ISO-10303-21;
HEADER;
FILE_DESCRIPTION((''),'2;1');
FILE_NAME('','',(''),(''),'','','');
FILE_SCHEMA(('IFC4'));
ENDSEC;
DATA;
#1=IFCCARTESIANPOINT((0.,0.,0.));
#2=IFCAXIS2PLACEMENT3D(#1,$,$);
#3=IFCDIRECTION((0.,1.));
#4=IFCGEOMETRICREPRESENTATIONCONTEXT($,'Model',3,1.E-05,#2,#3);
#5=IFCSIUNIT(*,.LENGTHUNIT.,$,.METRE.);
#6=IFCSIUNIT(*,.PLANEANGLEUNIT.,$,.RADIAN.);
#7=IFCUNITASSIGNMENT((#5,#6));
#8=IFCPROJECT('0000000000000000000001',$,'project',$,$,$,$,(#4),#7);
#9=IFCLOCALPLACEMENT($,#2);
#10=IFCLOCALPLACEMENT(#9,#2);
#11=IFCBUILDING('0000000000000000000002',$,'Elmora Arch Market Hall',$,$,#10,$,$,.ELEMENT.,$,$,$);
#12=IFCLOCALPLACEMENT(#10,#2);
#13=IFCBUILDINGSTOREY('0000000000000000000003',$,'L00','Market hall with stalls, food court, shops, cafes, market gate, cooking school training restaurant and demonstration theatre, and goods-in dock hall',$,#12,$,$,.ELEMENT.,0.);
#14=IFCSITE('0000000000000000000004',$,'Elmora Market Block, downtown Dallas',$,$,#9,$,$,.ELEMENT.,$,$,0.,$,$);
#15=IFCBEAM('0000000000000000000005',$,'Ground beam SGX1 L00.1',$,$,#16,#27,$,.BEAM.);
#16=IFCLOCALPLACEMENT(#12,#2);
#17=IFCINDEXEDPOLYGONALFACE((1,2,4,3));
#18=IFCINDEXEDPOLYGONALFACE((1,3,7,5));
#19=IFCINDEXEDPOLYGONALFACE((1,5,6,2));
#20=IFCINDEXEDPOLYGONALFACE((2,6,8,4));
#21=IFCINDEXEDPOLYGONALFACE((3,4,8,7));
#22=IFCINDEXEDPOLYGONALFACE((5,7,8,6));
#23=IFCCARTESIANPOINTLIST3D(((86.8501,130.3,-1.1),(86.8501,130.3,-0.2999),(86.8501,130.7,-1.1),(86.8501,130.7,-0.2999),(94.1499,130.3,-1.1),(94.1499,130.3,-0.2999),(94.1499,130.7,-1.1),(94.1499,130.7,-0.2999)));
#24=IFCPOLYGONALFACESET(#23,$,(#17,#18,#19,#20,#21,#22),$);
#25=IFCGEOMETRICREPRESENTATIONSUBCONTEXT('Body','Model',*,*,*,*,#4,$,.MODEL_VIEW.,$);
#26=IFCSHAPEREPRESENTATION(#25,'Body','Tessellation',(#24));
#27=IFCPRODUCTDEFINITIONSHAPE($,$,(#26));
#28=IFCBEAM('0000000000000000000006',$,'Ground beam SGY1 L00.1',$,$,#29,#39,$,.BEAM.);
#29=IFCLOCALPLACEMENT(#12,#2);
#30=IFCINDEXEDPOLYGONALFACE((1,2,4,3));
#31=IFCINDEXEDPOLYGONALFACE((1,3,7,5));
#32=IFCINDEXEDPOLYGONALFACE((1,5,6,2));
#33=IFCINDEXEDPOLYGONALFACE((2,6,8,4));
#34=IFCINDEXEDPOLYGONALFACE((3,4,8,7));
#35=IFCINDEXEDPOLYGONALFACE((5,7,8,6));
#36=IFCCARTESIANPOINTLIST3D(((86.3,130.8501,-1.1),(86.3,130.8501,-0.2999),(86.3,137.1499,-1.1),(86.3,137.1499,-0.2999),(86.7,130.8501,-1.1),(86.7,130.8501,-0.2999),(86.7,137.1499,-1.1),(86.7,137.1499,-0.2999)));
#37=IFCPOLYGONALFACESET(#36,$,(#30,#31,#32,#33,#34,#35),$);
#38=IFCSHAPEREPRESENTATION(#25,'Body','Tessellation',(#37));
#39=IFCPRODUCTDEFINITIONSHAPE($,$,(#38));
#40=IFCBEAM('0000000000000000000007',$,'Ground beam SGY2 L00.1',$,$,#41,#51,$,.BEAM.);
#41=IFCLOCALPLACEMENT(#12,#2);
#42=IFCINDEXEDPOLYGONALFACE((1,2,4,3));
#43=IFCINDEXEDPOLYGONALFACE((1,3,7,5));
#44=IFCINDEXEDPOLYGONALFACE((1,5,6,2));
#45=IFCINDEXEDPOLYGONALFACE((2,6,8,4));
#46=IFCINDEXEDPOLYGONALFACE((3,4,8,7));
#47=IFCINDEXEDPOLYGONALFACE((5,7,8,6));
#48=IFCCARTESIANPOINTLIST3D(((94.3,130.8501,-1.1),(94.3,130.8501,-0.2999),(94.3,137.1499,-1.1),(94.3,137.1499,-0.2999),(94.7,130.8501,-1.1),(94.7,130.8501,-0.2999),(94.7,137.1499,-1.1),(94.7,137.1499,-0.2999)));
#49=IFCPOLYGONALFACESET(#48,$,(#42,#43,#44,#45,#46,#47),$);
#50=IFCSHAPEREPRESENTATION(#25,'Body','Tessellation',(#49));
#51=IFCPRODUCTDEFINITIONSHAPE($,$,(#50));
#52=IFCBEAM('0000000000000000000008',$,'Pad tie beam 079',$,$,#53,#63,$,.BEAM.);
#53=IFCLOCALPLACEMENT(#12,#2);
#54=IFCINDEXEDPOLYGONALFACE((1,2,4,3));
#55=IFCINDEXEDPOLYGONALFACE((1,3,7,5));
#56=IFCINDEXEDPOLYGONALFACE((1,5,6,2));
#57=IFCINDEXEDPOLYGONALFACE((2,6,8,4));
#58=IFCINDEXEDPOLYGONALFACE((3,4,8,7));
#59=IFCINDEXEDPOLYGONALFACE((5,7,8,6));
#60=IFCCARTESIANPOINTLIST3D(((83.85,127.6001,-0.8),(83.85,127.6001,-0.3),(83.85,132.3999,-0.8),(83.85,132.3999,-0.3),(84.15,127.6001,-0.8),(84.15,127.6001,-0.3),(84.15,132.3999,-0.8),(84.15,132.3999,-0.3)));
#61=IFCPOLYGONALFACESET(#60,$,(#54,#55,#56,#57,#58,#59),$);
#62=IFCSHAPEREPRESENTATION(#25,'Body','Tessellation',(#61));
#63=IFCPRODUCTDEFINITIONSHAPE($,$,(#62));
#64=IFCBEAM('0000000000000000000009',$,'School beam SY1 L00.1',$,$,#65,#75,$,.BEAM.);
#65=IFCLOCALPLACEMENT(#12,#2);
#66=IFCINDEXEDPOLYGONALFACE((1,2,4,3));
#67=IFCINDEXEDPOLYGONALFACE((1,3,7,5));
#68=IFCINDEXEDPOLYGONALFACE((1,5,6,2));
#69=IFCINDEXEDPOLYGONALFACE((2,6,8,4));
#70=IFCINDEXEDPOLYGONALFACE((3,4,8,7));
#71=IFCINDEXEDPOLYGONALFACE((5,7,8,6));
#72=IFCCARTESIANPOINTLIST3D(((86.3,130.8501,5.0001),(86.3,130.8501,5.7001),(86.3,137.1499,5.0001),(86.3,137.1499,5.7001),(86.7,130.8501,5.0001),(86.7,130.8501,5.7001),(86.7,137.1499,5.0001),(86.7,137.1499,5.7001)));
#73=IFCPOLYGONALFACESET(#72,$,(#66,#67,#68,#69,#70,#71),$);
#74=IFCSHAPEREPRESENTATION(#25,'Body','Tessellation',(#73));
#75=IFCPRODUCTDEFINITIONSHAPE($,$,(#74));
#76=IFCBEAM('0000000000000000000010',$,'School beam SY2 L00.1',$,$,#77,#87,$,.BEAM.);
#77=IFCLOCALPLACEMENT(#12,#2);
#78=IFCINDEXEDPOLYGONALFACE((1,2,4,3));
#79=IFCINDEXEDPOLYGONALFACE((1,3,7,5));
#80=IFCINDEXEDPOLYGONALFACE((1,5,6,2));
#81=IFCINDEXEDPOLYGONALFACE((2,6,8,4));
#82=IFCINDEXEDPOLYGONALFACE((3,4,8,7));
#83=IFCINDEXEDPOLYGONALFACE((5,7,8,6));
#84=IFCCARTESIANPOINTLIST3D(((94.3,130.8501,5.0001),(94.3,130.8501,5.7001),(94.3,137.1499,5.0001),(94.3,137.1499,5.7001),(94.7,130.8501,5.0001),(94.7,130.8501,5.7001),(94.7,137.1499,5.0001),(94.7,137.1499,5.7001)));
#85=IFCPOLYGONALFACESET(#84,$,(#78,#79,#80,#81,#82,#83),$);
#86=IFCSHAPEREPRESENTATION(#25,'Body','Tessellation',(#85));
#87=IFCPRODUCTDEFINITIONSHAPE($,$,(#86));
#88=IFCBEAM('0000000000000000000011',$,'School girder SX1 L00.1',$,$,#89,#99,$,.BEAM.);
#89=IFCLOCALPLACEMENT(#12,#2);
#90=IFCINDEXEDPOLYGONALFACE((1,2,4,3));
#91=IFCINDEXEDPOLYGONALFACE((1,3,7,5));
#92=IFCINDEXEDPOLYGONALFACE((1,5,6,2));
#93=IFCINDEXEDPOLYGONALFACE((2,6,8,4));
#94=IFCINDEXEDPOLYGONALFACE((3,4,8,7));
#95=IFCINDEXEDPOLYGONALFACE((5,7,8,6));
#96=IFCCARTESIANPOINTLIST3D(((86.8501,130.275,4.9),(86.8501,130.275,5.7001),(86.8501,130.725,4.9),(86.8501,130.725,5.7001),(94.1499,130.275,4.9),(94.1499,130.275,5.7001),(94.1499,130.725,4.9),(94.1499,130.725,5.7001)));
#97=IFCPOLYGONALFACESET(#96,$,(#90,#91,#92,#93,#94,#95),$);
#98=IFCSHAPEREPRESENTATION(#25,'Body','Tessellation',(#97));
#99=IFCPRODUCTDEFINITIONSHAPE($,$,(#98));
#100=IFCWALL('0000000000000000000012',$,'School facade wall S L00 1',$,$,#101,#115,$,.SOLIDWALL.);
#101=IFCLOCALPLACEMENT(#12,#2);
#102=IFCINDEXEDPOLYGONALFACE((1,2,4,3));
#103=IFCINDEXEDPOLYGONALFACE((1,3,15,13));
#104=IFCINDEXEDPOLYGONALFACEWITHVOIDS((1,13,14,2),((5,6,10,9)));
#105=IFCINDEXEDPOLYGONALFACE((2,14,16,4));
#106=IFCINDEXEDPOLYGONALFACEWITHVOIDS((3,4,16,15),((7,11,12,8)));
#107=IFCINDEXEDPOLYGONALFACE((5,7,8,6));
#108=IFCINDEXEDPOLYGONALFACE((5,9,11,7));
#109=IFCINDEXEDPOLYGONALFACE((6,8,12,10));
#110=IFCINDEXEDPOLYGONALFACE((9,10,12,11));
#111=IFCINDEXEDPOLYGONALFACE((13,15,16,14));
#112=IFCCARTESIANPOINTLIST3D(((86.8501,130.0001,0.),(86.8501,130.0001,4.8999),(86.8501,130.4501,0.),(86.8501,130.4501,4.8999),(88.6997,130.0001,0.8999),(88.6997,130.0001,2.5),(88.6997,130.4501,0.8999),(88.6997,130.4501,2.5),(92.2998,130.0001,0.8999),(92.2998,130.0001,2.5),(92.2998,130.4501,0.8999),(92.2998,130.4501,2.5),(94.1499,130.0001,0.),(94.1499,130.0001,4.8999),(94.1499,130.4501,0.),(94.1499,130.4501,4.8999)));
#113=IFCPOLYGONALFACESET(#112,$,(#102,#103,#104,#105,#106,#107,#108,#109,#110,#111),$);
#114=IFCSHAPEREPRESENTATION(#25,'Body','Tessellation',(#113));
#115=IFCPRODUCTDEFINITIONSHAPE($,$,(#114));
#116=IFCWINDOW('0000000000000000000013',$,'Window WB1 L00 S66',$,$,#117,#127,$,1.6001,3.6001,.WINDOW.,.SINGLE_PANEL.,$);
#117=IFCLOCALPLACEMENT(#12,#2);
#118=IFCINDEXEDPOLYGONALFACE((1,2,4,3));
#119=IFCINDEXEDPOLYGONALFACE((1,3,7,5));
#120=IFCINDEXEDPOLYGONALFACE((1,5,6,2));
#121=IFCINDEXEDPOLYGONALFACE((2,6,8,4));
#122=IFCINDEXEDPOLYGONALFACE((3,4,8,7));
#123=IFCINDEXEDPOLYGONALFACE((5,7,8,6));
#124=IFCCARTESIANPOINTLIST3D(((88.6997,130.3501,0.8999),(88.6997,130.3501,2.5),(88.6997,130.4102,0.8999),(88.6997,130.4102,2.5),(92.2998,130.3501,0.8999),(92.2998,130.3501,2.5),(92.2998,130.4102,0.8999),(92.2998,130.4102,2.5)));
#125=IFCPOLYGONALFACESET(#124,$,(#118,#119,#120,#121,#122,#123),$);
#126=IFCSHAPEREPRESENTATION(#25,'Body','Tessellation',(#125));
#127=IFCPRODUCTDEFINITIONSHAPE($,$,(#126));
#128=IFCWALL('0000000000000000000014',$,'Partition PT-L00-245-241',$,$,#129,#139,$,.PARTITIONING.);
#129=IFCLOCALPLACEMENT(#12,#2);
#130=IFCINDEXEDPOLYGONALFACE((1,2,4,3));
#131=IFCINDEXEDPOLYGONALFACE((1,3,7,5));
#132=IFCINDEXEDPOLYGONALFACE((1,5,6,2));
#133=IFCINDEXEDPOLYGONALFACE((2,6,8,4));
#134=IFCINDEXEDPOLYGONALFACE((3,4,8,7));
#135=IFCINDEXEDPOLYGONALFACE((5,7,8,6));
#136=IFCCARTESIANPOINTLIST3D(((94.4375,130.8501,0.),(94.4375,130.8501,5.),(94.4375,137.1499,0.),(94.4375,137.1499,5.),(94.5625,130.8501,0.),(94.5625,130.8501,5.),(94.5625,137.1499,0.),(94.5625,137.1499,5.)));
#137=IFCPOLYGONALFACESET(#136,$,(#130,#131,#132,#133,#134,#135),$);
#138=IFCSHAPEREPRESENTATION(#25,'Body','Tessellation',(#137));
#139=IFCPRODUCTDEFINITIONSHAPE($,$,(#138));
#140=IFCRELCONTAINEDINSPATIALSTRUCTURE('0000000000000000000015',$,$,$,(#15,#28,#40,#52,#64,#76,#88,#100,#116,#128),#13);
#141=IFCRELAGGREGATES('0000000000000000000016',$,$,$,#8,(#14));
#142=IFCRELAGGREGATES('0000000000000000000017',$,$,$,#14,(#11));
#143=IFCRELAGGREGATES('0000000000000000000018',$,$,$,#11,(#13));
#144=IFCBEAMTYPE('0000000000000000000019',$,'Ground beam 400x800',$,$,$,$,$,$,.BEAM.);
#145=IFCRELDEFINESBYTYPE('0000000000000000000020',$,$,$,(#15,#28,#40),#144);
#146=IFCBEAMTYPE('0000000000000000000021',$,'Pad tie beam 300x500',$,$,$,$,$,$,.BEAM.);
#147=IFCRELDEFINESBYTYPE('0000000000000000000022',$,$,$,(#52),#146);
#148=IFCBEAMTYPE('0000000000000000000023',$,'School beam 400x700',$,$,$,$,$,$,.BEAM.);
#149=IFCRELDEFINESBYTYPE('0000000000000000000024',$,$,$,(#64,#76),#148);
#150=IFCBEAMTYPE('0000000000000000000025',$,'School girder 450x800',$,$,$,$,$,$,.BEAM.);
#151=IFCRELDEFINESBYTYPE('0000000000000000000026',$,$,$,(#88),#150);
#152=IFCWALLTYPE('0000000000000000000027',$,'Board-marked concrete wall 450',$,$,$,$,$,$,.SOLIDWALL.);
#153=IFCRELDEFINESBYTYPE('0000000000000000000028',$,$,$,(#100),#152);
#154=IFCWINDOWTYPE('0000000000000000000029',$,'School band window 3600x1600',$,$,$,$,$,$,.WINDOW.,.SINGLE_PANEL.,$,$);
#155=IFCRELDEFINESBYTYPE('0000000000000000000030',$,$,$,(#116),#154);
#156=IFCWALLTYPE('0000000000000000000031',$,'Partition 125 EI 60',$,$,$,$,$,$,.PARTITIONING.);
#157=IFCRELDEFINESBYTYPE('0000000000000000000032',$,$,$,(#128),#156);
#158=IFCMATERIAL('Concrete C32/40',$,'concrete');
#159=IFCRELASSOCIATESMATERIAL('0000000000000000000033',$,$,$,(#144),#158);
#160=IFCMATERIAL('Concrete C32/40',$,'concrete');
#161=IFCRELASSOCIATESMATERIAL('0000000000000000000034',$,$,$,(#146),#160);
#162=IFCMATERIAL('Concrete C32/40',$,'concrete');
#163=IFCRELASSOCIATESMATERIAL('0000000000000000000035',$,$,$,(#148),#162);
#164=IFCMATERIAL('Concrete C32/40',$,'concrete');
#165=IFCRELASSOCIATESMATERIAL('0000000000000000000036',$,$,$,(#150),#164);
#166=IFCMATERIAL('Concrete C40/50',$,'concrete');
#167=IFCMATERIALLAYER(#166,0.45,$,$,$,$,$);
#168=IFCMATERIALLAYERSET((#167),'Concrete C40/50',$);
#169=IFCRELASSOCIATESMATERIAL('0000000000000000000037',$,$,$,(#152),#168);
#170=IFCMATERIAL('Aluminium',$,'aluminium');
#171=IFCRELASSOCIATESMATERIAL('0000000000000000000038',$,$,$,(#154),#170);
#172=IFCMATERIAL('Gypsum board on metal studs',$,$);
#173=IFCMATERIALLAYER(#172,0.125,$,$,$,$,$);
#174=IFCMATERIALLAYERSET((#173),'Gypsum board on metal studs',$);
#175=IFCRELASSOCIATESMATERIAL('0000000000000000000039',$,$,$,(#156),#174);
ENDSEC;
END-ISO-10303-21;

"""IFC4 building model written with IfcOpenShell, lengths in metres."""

from ifc_helpers import new_model, si_unit, direction, frame, frame_2d, origin, origin_2d, place, context, subcontext, project, spatial, rectangle, extrude, material, layer, layer_set, material_profile, profile_set, type_object, element, fill, save


model = new_model("IFC4")

# Units and contexts
model_context = context("Model", 3, precision=1e-05, world=origin(), true_north=direction((0.0, 1.0)))
body_context = subcontext(model_context, "Body", "Model", "MODEL_VIEW")
ifc_project = project(units=[si_unit("LENGTHUNIT", "METRE"), si_unit("PLANEANGLEUNIT", "RADIAN")], contexts=[model_context])

# Site, building, storey
site_placement = place(None, origin())
site = spatial("IfcSite", under=ifc_project, at=site_placement, Name="Elmora Market Block, downtown Dallas", CompositionType="ELEMENT", RefElevation=0.0)
building_placement = place(site_placement, origin())
building = spatial("IfcBuilding", under=site, at=building_placement, Name="Elmora Arch Market Hall", CompositionType="ELEMENT")
storey_placement = place(building_placement, origin())
storey = spatial("IfcBuildingStorey", under=building, at=storey_placement, Name="L00", Description="Market hall with stalls, food court, shops, cafes, market gate, cooking school training restaurant and demonstration theatre, and goods-in dock hall", CompositionType="ELEMENT", Elevation=0.0)

# Beams
ifc_material_1 = material(Name="Concrete C32/40", Category="concrete")
ifc_material_profile_1 = material_profile(ifc_material_1, rectangle(XDim=0.3999, YDim=0.8, at=origin_2d()), Name="Ground beam 400x800")
ifc_profile_set_1 = profile_set([ifc_material_profile_1], Name="Concrete C32/40")
beam_type_1 = type_object("IfcBeamType", Name="Ground beam 400x800", PredefinedType="BEAM", material=ifc_profile_set_1)
beam_1_placement = place(storey_placement, frame((86.8501, 130.5, -0.7), z_axis=(1.0, 0.0, 0.0), x_axis=(0.0, 1.0, 0.0)))
element("IfcBeam", 1, at=beam_1_placement, inside=storey, type_object=beam_type_1, Name="Ground beam SGX1 L00.1", PredefinedType="BEAM", context=body_context, shape_type="SweptSolid", body=[
    extrude(rectangle(XDim=0.3999, YDim=0.8, at=origin_2d()), origin(), (0.0, 0.0, 1.0), 7.2998),
])
for number, where, z_axis, x_axis, name in (
    (2, (86.5, 130.8501, -0.7), (0.0, 1.0, 0.0), (-1.0, 0.0, 0.0), "Ground beam SGY1 L00.1"),
    (3, (94.5, 130.8501, -0.7), (0.0, 1.0, 0.0), (-1.0, 0.0, 0.0), "Ground beam SGY2 L00.1"),
):
    element("IfcBeam", number, at=place(storey_placement, frame(where, z_axis=z_axis, x_axis=x_axis)), inside=storey, type_object=beam_type_1, Name=name, PredefinedType="BEAM", context=body_context, shape_type="SweptSolid", body=[
        extrude(rectangle(XDim=0.3999, YDim=0.8, at=origin_2d()), origin(), (0.0, 0.0, 1.0), 6.2998),
    ])
ifc_material_2 = material(Name="Concrete C32/40", Category="concrete")
ifc_material_profile_2 = material_profile(ifc_material_2, rectangle(XDim=0.3, YDim=0.5, at=origin_2d()), Name="Pad tie beam 300x500")
ifc_profile_set_2 = profile_set([ifc_material_profile_2], Name="Concrete C32/40")
beam_type_2 = type_object("IfcBeamType", Name="Pad tie beam 300x500", PredefinedType="BEAM", material=ifc_profile_set_2)
beam_2_placement = place(storey_placement, frame((84.0, 127.6001, -0.55), z_axis=(0.0, 1.0, 0.0), x_axis=(-1.0, 0.0, 0.0)))
element("IfcBeam", 4, at=beam_2_placement, inside=storey, type_object=beam_type_2, Name="Pad tie beam 079", PredefinedType="BEAM", context=body_context, shape_type="SweptSolid", body=[
    extrude(rectangle(XDim=0.3, YDim=0.5, at=origin_2d()), origin(), (0.0, 0.0, 1.0), 4.7998),
])
ifc_material_3 = material(Name="Concrete C32/40", Category="concrete")
ifc_material_profile_3 = material_profile(ifc_material_3, rectangle(XDim=0.3999, YDim=0.7, at=origin_2d()), Name="School beam 400x700")
ifc_profile_set_3 = profile_set([ifc_material_profile_3], Name="Concrete C32/40")
beam_type_3 = type_object("IfcBeamType", Name="School beam 400x700", PredefinedType="BEAM", material=ifc_profile_set_3)
for number, where, z_axis, x_axis, name in (
    (5, (86.5, 130.8501, 5.3501), (0.0, 1.0, 0.0), (-1.0, 0.0, 0.0), "School beam SY1 L00.1"),
    (6, (94.5, 130.8501, 5.3501), (0.0, 1.0, 0.0), (-1.0, 0.0, 0.0), "School beam SY2 L00.1"),
):
    element("IfcBeam", number, at=place(storey_placement, frame(where, z_axis=z_axis, x_axis=x_axis)), inside=storey, type_object=beam_type_3, Name=name, PredefinedType="BEAM", context=body_context, shape_type="SweptSolid", body=[
        extrude(rectangle(XDim=0.3999, YDim=0.7, at=origin_2d()), origin(), (0.0, 0.0, 1.0), 6.2998),
    ])
ifc_material_4 = material(Name="Concrete C32/40", Category="concrete")
ifc_material_profile_4 = material_profile(ifc_material_4, rectangle(XDim=0.45, YDim=0.8, at=origin_2d()), Name="School girder 450x800")
ifc_profile_set_4 = profile_set([ifc_material_profile_4], Name="Concrete C32/40")
beam_type_4 = type_object("IfcBeamType", Name="School girder 450x800", PredefinedType="BEAM", material=ifc_profile_set_4)
beam_3_placement = place(storey_placement, frame((86.8501, 130.5, 5.3), z_axis=(1.0, 0.0, 0.0), x_axis=(0.0, 1.0, 0.0)))
element("IfcBeam", 7, at=beam_3_placement, inside=storey, type_object=beam_type_4, Name="School girder SX1 L00.1", PredefinedType="BEAM", context=body_context, shape_type="SweptSolid", body=[
    extrude(rectangle(XDim=0.45, YDim=0.8, at=origin_2d()), origin(), (0.0, 0.0, 1.0), 7.2998),
])

# Wall, opening, window
ifc_material_5 = material(Name="Concrete C40/50", Category="concrete")
ifc_layer_1 = layer(ifc_material_5, 0.45)
ifc_layer_set_1 = layer_set([ifc_layer_1], Name="Concrete C40/50")
wall_type_1 = type_object("IfcWallType", Name="Board-marked concrete wall 450", PredefinedType="SOLIDWALL", material=ifc_layer_set_1)
wall_1_placement = place(storey_placement, frame((94.1499, 130.2251, 0.0), z_axis=(0.0, 0.0, 1.0), x_axis=(-1.0, 0.0, 0.0)))
wall_1 = element("IfcWall", 8, at=wall_1_placement, inside=storey, type_object=wall_type_1, Name="School facade wall S L00 1", PredefinedType="SOLIDWALL", context=body_context, shape_type="SweptSolid", body=[
    extrude(rectangle(XDim=7.2998, YDim=0.45, at=frame_2d((3.6499, 0.0))), origin(), (0.0, 0.0, 1.0), 4.8999),
])
opening_1_placement = place(wall_1_placement, frame((1.8501, 0.0, 0.8999)))
opening_1 = element("IfcOpeningElement", 9, at=opening_1_placement, cuts=wall_1, PredefinedType="OPENING", context=body_context, shape_type="SweptSolid", body=[
    extrude(rectangle(XDim=3.6001, YDim=1.6001, at=frame_2d((1.8, 0.8))), frame((0.0, 0.2349, 0.0), z_axis=(0.0, -1.0, 0.0), x_axis=(1.0, 0.0, 0.0)), (0.0, 0.0, 1.0), 0.47),
])
ifc_material_6 = material(Name="Aluminium", Category="aluminium")
window_type = type_object("IfcWindowType", Name="School band window 3600x1600", PartitioningType="SINGLE_PANEL", PredefinedType="WINDOW", material=ifc_material_6)
window_placement = place(opening_1_placement, origin())
window = element("IfcWindow", 10, at=window_placement, inside=storey, type_object=window_type, Name="Window WB1 L00 S66", OverallHeight=1.6001, OverallWidth=3.6001, PartitioningType="SINGLE_PANEL", PredefinedType="WINDOW", context=body_context, shape_type="SweptSolid", body=[
    extrude(rectangle(XDim=3.6001, YDim=1.6001, at=frame_2d((1.8, 0.8))), frame((0.0, -0.125, 0.0), z_axis=(0.0, -1.0, 0.0), x_axis=(1.0, 0.0, 0.0)), (0.0, 0.0, 1.0), 0.0601),
])
fill(opening_1, window)

# Wall
ifc_material_7 = material(Name="Gypsum board on metal studs")
ifc_layer_2 = layer(ifc_material_7, 0.125)
ifc_layer_set_2 = layer_set([ifc_layer_2], Name="Gypsum board on metal studs")
wall_type_2 = type_object("IfcWallType", Name="Partition 125 EI 60", PredefinedType="PARTITIONING", material=ifc_layer_set_2)
wall_2_placement = place(storey_placement, frame((94.5, 130.8501, 0.0), z_axis=(0.0, 0.0, 1.0), x_axis=(0.0, 1.0, 0.0)))
element("IfcWall", 11, at=wall_2_placement, inside=storey, type_object=wall_type_2, Name="Partition PT-L00-245-241", PredefinedType="PARTITIONING", context=body_context, shape_type="SweptSolid", body=[
    extrude(rectangle(XDim=6.2998, YDim=0.125, at=frame_2d((3.1499, 0.0))), origin(), (0.0, 0.0, 1.0), 5.0),
])

save(model, "model.ifc")
